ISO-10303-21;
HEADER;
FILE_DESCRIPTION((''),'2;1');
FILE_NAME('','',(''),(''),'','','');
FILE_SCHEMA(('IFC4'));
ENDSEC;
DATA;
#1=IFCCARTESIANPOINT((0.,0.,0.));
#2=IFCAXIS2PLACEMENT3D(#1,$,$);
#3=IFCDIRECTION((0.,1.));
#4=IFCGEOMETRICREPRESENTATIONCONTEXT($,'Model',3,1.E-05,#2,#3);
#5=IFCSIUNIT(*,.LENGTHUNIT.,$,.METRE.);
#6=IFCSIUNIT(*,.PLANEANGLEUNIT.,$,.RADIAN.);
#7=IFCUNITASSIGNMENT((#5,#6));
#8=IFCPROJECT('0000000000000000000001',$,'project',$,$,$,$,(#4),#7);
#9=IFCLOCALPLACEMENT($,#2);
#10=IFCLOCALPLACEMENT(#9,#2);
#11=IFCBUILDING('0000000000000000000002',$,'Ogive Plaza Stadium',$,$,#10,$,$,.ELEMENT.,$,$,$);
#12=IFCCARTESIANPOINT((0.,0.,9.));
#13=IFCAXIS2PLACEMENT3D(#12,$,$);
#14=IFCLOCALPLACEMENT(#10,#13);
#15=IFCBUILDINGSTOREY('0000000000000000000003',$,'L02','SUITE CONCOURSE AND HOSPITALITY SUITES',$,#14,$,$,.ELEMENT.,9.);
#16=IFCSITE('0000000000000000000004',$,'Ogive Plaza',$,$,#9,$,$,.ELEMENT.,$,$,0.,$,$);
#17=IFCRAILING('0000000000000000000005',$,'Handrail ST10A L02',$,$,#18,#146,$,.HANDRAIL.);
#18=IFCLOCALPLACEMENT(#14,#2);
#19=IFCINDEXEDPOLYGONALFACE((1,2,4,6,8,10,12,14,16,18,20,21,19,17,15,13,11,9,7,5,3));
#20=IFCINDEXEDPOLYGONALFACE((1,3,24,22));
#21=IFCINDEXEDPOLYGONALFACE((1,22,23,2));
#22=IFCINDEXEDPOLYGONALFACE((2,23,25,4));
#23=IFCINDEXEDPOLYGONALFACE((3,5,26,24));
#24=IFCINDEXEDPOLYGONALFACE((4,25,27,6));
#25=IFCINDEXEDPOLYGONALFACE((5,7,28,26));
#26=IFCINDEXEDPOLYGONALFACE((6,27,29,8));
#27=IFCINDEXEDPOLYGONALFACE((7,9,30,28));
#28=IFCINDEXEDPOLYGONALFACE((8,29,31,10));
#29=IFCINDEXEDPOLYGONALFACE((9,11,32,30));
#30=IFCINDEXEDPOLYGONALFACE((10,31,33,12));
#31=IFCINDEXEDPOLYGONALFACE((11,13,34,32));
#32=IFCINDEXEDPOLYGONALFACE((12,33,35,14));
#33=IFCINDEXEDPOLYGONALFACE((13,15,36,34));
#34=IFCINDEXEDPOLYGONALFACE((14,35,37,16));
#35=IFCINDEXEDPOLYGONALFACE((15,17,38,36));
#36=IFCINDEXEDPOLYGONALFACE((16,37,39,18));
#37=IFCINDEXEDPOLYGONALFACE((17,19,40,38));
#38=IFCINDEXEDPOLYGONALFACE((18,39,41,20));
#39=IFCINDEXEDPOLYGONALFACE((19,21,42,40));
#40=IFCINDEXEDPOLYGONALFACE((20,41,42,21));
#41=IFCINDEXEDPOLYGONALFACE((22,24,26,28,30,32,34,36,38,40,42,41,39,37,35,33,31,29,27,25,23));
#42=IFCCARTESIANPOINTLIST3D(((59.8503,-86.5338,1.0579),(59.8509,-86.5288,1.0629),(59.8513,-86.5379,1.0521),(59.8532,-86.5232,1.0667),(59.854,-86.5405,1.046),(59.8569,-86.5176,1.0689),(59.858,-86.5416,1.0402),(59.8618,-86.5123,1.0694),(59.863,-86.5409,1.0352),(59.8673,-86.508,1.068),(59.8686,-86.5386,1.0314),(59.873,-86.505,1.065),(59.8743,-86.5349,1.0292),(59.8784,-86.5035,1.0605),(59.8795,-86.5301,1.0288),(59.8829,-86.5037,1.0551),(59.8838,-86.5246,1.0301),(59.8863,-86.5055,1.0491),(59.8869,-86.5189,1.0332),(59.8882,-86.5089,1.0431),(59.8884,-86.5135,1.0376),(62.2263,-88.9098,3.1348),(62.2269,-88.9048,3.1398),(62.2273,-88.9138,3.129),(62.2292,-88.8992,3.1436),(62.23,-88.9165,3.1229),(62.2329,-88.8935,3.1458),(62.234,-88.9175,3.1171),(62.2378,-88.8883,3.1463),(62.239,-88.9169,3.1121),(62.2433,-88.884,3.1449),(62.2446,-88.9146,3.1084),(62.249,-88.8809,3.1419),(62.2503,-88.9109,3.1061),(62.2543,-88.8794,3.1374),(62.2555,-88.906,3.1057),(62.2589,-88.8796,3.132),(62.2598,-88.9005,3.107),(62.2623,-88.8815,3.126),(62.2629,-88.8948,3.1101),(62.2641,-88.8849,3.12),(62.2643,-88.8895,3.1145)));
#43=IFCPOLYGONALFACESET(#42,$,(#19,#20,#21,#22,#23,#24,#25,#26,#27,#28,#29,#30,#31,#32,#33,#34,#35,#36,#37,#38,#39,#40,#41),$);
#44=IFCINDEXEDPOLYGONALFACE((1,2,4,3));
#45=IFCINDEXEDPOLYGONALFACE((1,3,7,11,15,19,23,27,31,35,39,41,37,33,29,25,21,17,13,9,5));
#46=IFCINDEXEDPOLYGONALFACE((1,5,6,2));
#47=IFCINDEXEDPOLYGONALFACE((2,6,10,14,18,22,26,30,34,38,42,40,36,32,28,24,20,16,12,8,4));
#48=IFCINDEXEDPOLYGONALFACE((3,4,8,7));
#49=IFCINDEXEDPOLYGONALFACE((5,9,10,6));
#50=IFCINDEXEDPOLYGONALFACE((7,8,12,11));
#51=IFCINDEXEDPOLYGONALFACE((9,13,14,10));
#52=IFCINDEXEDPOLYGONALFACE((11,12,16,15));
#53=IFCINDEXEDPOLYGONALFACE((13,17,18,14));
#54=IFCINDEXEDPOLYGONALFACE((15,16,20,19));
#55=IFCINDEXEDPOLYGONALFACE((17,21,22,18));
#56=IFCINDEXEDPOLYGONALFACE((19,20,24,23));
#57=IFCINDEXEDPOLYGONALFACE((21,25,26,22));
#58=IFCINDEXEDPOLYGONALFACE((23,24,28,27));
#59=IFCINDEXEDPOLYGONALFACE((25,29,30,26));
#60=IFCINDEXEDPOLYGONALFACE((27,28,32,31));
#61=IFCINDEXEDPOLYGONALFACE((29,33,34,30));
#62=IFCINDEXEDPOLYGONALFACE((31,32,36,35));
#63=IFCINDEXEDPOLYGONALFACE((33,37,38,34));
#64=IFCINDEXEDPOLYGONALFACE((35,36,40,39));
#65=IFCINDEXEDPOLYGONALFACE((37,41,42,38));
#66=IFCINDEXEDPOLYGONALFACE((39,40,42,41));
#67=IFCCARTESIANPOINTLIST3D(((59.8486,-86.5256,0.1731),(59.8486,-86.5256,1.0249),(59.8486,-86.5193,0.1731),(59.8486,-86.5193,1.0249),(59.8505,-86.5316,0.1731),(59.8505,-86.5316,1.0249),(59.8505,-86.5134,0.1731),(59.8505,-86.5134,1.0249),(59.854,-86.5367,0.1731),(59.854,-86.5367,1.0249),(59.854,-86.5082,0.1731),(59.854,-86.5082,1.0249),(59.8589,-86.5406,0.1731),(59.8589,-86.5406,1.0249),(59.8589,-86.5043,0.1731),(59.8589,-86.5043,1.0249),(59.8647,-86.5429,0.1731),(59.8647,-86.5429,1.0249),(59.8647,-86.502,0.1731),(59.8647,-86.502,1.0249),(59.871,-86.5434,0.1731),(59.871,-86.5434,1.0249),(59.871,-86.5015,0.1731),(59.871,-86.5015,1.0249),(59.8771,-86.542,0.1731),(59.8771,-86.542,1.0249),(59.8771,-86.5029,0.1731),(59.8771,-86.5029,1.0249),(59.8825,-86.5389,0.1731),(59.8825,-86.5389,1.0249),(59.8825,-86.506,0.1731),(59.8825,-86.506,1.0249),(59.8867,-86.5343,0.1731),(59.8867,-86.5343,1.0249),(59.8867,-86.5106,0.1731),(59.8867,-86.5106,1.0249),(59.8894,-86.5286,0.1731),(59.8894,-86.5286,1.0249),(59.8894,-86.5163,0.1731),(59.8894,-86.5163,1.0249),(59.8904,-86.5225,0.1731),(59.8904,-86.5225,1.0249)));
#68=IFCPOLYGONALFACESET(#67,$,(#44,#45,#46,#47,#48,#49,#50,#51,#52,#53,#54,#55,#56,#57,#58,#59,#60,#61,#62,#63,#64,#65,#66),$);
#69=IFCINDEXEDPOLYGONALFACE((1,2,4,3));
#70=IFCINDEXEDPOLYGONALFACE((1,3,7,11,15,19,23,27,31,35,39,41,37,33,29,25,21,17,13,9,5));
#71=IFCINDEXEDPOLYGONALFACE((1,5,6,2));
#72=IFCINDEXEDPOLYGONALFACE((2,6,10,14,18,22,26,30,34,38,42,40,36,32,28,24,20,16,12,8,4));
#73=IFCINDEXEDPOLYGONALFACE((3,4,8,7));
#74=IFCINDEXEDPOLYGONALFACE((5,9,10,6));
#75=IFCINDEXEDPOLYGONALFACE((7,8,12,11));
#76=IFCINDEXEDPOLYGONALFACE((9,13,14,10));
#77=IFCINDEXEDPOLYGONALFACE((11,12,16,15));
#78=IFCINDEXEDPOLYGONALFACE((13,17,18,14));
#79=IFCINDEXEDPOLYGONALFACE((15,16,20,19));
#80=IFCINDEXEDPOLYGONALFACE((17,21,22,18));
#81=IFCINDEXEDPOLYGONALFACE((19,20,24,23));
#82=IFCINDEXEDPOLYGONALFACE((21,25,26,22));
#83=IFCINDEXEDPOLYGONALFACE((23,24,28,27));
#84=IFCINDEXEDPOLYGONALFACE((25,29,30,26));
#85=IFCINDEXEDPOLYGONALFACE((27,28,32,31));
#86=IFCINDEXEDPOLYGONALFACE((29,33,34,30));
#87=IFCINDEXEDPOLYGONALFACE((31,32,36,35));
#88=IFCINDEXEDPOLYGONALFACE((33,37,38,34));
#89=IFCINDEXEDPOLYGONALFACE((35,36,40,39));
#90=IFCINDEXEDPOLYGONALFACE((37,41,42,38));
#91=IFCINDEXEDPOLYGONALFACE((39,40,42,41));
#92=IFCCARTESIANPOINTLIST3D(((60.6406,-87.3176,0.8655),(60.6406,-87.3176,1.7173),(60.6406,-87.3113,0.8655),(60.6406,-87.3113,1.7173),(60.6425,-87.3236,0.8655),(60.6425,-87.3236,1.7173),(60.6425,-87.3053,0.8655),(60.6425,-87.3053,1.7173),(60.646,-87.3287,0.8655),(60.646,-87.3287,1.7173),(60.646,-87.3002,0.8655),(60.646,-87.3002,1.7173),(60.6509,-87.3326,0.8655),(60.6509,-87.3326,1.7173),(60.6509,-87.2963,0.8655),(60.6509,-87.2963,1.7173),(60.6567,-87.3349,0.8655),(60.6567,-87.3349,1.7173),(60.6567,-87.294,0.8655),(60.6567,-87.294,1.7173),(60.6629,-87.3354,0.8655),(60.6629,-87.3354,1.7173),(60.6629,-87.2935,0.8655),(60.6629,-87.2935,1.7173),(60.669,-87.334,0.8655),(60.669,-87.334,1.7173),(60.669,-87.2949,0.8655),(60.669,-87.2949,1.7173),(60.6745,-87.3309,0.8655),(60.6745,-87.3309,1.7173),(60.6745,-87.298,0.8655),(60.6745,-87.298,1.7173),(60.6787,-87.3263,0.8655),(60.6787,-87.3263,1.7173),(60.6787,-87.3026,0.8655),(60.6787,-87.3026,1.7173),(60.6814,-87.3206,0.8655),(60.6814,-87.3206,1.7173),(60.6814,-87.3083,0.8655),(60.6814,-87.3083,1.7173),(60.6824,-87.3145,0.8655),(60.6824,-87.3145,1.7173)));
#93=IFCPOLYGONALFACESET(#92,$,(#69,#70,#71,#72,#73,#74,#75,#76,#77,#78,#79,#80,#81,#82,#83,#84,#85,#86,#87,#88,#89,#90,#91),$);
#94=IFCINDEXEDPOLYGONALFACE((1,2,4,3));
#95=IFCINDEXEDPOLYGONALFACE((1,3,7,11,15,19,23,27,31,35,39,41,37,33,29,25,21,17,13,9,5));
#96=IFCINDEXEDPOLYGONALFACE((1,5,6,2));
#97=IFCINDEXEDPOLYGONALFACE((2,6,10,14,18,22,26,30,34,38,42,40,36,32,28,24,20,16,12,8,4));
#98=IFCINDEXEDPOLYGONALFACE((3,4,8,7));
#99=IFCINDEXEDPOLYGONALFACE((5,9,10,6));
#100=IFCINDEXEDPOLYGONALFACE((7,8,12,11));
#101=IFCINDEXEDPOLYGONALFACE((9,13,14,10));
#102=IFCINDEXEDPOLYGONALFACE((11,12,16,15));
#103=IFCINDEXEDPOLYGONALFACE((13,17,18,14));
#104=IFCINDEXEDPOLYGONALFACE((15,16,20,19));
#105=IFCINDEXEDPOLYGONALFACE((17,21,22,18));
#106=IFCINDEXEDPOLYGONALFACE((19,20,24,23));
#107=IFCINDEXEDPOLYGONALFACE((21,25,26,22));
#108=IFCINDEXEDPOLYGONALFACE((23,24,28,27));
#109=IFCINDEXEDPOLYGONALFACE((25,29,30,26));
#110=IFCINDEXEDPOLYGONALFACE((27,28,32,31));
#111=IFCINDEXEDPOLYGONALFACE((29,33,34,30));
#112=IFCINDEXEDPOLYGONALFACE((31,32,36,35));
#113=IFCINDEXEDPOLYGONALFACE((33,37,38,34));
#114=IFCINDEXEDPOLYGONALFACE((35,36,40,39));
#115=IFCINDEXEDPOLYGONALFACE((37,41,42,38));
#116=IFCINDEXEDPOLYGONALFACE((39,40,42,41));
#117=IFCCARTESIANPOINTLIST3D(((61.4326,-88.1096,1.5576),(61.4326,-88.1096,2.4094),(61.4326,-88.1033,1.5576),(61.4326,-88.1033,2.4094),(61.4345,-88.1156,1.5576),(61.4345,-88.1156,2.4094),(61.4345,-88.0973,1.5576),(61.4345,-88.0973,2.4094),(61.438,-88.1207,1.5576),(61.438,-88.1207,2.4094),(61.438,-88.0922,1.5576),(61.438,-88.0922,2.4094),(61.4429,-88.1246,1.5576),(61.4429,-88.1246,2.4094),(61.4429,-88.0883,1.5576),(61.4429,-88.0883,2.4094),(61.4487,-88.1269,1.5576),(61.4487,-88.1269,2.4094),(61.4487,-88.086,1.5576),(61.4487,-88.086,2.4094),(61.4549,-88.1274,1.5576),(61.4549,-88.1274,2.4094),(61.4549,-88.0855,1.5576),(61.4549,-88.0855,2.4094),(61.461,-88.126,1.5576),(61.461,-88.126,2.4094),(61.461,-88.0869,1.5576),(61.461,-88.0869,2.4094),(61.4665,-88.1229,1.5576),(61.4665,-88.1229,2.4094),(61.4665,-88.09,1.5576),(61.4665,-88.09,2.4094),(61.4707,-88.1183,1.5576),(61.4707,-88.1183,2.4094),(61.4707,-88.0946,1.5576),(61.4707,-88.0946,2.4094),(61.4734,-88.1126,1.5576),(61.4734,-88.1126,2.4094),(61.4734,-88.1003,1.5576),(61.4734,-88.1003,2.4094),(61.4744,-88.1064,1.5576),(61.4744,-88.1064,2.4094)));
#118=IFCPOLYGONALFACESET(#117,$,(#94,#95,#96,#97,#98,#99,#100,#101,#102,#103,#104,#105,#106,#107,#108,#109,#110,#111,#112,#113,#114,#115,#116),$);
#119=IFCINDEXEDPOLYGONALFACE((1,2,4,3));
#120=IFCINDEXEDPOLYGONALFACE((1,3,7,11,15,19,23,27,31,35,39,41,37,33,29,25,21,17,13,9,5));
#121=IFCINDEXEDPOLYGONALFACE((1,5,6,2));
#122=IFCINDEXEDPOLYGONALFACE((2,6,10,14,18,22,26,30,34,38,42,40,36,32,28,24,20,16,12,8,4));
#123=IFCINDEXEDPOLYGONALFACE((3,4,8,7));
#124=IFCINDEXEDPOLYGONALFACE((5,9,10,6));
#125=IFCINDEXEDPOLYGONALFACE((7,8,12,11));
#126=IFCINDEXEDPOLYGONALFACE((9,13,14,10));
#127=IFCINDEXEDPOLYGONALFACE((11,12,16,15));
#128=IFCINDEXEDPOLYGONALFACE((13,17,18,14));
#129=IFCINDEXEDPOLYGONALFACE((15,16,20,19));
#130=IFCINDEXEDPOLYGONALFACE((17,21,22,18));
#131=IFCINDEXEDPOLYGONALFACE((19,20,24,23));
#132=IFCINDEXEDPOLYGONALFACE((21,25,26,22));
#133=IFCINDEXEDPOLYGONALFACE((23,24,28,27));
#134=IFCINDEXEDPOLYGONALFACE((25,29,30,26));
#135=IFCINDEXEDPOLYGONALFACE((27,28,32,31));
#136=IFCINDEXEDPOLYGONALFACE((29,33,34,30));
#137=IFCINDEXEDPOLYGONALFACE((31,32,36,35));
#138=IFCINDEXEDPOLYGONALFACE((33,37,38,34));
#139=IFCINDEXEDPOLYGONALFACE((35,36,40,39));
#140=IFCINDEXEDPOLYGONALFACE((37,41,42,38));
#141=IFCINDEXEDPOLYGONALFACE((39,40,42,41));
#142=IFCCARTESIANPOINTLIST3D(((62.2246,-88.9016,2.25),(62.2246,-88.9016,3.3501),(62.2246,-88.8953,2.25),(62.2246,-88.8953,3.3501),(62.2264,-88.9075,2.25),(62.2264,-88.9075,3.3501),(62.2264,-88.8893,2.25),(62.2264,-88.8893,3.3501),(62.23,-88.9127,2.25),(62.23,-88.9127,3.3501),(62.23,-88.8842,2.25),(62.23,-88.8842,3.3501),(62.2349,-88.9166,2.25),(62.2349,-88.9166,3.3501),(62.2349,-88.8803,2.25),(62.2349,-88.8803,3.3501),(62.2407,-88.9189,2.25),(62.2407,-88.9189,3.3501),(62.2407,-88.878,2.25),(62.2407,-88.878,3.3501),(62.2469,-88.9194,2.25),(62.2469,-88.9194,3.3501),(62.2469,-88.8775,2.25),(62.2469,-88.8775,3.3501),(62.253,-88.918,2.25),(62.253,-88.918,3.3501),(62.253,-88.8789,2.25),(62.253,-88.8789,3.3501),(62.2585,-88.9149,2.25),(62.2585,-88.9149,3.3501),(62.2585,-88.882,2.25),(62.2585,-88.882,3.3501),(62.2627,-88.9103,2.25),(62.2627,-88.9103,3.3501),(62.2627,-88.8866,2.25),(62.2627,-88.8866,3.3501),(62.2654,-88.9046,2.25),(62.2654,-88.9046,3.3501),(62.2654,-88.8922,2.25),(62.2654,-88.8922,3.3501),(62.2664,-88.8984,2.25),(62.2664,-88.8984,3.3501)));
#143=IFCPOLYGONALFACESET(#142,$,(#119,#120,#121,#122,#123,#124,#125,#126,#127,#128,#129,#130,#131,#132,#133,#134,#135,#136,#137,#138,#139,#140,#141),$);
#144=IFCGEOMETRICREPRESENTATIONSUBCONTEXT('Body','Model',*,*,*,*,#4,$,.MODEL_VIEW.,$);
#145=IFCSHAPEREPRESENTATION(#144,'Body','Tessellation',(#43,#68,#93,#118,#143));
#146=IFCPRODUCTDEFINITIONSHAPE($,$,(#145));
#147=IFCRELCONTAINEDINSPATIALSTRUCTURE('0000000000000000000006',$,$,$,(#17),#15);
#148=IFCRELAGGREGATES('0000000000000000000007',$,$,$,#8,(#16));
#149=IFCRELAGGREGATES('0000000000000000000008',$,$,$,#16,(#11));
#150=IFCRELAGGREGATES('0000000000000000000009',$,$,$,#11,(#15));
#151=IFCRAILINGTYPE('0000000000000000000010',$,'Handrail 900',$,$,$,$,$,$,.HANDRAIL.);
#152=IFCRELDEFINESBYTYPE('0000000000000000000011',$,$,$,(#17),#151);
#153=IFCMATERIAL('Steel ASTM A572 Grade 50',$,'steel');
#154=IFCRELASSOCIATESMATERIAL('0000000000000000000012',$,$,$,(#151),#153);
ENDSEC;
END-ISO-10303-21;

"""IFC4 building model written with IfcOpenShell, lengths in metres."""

from ifc_helpers import new_model, si_unit, direction, frame, origin, origin_2d, place, context, subcontext, project, spatial, circle, extrude, material, type_object, element, save


model = new_model("IFC4")

# Units and contexts
model_context = context("Model", 3, precision=1e-05, world=origin(), true_north=direction((0.0, 1.0)))
body_context = subcontext(model_context, "Body", "Model", "MODEL_VIEW")
ifc_project = project(units=[si_unit("LENGTHUNIT", "METRE"), si_unit("PLANEANGLEUNIT", "RADIAN")], contexts=[model_context])

# Site, building, storey
site_placement = place(None, origin())
site = spatial("IfcSite", under=ifc_project, at=site_placement, Name="Ogive Plaza", CompositionType="ELEMENT", RefElevation=0.0)
building_placement = place(site_placement, origin())
building = spatial("IfcBuilding", under=site, at=building_placement, Name="Ogive Plaza Stadium", CompositionType="ELEMENT")
storey_placement = place(building_placement, frame((0.0, 0.0, 9.0)))
storey = spatial("IfcBuildingStorey", under=building, at=storey_placement, Name="L02", Description="SUITE CONCOURSE AND HOSPITALITY SUITES", CompositionType="ELEMENT", Elevation=9.0)

# Railing
ifc_material_1 = material(Name="Steel ASTM A572 Grade 50", Category="steel")
railing_type = type_object("IfcRailingType", Name="Handrail 900", PredefinedType="HANDRAIL", material=ifc_material_1)
railing_1_placement = place(storey_placement, frame((59.8694, -86.5225, 0.1731)))
element("IfcRailing", 1, at=railing_1_placement, inside=storey, type_object=railing_type, Name="Handrail ST10A L02", PredefinedType="HANDRAIL", context=body_context, shape_type="SweptSolid", body=[
    extrude(circle(Radius=0.0239, at=origin_2d()), frame((0.0, 0.0, 0.876), z_axis=(0.601483, -0.601483, 0.525772), x_axis=(0.707107, 0.707107, 0.0)), (0.0, 0.0, 1.0), 3.9502),
    extrude(circle(Radius=0.021, at=origin_2d()), origin(), (0.0, 0.0, 1.0), 0.8518),
    extrude(circle(Radius=0.021, at=origin_2d()), frame((0.792, -0.792, 0.6924)), (0.0, 0.0, 1.0), 0.8518),
    extrude(circle(Radius=0.021, at=origin_2d()), frame((1.584, -1.584, 1.3845)), (0.0, 0.0, 1.0), 0.8518),
    extrude(circle(Radius=0.021, at=origin_2d()), frame((2.376, -2.376, 2.0769)), (0.0, 0.0, 1.0), 1.1001),
])

save(model, "model.ifc")
